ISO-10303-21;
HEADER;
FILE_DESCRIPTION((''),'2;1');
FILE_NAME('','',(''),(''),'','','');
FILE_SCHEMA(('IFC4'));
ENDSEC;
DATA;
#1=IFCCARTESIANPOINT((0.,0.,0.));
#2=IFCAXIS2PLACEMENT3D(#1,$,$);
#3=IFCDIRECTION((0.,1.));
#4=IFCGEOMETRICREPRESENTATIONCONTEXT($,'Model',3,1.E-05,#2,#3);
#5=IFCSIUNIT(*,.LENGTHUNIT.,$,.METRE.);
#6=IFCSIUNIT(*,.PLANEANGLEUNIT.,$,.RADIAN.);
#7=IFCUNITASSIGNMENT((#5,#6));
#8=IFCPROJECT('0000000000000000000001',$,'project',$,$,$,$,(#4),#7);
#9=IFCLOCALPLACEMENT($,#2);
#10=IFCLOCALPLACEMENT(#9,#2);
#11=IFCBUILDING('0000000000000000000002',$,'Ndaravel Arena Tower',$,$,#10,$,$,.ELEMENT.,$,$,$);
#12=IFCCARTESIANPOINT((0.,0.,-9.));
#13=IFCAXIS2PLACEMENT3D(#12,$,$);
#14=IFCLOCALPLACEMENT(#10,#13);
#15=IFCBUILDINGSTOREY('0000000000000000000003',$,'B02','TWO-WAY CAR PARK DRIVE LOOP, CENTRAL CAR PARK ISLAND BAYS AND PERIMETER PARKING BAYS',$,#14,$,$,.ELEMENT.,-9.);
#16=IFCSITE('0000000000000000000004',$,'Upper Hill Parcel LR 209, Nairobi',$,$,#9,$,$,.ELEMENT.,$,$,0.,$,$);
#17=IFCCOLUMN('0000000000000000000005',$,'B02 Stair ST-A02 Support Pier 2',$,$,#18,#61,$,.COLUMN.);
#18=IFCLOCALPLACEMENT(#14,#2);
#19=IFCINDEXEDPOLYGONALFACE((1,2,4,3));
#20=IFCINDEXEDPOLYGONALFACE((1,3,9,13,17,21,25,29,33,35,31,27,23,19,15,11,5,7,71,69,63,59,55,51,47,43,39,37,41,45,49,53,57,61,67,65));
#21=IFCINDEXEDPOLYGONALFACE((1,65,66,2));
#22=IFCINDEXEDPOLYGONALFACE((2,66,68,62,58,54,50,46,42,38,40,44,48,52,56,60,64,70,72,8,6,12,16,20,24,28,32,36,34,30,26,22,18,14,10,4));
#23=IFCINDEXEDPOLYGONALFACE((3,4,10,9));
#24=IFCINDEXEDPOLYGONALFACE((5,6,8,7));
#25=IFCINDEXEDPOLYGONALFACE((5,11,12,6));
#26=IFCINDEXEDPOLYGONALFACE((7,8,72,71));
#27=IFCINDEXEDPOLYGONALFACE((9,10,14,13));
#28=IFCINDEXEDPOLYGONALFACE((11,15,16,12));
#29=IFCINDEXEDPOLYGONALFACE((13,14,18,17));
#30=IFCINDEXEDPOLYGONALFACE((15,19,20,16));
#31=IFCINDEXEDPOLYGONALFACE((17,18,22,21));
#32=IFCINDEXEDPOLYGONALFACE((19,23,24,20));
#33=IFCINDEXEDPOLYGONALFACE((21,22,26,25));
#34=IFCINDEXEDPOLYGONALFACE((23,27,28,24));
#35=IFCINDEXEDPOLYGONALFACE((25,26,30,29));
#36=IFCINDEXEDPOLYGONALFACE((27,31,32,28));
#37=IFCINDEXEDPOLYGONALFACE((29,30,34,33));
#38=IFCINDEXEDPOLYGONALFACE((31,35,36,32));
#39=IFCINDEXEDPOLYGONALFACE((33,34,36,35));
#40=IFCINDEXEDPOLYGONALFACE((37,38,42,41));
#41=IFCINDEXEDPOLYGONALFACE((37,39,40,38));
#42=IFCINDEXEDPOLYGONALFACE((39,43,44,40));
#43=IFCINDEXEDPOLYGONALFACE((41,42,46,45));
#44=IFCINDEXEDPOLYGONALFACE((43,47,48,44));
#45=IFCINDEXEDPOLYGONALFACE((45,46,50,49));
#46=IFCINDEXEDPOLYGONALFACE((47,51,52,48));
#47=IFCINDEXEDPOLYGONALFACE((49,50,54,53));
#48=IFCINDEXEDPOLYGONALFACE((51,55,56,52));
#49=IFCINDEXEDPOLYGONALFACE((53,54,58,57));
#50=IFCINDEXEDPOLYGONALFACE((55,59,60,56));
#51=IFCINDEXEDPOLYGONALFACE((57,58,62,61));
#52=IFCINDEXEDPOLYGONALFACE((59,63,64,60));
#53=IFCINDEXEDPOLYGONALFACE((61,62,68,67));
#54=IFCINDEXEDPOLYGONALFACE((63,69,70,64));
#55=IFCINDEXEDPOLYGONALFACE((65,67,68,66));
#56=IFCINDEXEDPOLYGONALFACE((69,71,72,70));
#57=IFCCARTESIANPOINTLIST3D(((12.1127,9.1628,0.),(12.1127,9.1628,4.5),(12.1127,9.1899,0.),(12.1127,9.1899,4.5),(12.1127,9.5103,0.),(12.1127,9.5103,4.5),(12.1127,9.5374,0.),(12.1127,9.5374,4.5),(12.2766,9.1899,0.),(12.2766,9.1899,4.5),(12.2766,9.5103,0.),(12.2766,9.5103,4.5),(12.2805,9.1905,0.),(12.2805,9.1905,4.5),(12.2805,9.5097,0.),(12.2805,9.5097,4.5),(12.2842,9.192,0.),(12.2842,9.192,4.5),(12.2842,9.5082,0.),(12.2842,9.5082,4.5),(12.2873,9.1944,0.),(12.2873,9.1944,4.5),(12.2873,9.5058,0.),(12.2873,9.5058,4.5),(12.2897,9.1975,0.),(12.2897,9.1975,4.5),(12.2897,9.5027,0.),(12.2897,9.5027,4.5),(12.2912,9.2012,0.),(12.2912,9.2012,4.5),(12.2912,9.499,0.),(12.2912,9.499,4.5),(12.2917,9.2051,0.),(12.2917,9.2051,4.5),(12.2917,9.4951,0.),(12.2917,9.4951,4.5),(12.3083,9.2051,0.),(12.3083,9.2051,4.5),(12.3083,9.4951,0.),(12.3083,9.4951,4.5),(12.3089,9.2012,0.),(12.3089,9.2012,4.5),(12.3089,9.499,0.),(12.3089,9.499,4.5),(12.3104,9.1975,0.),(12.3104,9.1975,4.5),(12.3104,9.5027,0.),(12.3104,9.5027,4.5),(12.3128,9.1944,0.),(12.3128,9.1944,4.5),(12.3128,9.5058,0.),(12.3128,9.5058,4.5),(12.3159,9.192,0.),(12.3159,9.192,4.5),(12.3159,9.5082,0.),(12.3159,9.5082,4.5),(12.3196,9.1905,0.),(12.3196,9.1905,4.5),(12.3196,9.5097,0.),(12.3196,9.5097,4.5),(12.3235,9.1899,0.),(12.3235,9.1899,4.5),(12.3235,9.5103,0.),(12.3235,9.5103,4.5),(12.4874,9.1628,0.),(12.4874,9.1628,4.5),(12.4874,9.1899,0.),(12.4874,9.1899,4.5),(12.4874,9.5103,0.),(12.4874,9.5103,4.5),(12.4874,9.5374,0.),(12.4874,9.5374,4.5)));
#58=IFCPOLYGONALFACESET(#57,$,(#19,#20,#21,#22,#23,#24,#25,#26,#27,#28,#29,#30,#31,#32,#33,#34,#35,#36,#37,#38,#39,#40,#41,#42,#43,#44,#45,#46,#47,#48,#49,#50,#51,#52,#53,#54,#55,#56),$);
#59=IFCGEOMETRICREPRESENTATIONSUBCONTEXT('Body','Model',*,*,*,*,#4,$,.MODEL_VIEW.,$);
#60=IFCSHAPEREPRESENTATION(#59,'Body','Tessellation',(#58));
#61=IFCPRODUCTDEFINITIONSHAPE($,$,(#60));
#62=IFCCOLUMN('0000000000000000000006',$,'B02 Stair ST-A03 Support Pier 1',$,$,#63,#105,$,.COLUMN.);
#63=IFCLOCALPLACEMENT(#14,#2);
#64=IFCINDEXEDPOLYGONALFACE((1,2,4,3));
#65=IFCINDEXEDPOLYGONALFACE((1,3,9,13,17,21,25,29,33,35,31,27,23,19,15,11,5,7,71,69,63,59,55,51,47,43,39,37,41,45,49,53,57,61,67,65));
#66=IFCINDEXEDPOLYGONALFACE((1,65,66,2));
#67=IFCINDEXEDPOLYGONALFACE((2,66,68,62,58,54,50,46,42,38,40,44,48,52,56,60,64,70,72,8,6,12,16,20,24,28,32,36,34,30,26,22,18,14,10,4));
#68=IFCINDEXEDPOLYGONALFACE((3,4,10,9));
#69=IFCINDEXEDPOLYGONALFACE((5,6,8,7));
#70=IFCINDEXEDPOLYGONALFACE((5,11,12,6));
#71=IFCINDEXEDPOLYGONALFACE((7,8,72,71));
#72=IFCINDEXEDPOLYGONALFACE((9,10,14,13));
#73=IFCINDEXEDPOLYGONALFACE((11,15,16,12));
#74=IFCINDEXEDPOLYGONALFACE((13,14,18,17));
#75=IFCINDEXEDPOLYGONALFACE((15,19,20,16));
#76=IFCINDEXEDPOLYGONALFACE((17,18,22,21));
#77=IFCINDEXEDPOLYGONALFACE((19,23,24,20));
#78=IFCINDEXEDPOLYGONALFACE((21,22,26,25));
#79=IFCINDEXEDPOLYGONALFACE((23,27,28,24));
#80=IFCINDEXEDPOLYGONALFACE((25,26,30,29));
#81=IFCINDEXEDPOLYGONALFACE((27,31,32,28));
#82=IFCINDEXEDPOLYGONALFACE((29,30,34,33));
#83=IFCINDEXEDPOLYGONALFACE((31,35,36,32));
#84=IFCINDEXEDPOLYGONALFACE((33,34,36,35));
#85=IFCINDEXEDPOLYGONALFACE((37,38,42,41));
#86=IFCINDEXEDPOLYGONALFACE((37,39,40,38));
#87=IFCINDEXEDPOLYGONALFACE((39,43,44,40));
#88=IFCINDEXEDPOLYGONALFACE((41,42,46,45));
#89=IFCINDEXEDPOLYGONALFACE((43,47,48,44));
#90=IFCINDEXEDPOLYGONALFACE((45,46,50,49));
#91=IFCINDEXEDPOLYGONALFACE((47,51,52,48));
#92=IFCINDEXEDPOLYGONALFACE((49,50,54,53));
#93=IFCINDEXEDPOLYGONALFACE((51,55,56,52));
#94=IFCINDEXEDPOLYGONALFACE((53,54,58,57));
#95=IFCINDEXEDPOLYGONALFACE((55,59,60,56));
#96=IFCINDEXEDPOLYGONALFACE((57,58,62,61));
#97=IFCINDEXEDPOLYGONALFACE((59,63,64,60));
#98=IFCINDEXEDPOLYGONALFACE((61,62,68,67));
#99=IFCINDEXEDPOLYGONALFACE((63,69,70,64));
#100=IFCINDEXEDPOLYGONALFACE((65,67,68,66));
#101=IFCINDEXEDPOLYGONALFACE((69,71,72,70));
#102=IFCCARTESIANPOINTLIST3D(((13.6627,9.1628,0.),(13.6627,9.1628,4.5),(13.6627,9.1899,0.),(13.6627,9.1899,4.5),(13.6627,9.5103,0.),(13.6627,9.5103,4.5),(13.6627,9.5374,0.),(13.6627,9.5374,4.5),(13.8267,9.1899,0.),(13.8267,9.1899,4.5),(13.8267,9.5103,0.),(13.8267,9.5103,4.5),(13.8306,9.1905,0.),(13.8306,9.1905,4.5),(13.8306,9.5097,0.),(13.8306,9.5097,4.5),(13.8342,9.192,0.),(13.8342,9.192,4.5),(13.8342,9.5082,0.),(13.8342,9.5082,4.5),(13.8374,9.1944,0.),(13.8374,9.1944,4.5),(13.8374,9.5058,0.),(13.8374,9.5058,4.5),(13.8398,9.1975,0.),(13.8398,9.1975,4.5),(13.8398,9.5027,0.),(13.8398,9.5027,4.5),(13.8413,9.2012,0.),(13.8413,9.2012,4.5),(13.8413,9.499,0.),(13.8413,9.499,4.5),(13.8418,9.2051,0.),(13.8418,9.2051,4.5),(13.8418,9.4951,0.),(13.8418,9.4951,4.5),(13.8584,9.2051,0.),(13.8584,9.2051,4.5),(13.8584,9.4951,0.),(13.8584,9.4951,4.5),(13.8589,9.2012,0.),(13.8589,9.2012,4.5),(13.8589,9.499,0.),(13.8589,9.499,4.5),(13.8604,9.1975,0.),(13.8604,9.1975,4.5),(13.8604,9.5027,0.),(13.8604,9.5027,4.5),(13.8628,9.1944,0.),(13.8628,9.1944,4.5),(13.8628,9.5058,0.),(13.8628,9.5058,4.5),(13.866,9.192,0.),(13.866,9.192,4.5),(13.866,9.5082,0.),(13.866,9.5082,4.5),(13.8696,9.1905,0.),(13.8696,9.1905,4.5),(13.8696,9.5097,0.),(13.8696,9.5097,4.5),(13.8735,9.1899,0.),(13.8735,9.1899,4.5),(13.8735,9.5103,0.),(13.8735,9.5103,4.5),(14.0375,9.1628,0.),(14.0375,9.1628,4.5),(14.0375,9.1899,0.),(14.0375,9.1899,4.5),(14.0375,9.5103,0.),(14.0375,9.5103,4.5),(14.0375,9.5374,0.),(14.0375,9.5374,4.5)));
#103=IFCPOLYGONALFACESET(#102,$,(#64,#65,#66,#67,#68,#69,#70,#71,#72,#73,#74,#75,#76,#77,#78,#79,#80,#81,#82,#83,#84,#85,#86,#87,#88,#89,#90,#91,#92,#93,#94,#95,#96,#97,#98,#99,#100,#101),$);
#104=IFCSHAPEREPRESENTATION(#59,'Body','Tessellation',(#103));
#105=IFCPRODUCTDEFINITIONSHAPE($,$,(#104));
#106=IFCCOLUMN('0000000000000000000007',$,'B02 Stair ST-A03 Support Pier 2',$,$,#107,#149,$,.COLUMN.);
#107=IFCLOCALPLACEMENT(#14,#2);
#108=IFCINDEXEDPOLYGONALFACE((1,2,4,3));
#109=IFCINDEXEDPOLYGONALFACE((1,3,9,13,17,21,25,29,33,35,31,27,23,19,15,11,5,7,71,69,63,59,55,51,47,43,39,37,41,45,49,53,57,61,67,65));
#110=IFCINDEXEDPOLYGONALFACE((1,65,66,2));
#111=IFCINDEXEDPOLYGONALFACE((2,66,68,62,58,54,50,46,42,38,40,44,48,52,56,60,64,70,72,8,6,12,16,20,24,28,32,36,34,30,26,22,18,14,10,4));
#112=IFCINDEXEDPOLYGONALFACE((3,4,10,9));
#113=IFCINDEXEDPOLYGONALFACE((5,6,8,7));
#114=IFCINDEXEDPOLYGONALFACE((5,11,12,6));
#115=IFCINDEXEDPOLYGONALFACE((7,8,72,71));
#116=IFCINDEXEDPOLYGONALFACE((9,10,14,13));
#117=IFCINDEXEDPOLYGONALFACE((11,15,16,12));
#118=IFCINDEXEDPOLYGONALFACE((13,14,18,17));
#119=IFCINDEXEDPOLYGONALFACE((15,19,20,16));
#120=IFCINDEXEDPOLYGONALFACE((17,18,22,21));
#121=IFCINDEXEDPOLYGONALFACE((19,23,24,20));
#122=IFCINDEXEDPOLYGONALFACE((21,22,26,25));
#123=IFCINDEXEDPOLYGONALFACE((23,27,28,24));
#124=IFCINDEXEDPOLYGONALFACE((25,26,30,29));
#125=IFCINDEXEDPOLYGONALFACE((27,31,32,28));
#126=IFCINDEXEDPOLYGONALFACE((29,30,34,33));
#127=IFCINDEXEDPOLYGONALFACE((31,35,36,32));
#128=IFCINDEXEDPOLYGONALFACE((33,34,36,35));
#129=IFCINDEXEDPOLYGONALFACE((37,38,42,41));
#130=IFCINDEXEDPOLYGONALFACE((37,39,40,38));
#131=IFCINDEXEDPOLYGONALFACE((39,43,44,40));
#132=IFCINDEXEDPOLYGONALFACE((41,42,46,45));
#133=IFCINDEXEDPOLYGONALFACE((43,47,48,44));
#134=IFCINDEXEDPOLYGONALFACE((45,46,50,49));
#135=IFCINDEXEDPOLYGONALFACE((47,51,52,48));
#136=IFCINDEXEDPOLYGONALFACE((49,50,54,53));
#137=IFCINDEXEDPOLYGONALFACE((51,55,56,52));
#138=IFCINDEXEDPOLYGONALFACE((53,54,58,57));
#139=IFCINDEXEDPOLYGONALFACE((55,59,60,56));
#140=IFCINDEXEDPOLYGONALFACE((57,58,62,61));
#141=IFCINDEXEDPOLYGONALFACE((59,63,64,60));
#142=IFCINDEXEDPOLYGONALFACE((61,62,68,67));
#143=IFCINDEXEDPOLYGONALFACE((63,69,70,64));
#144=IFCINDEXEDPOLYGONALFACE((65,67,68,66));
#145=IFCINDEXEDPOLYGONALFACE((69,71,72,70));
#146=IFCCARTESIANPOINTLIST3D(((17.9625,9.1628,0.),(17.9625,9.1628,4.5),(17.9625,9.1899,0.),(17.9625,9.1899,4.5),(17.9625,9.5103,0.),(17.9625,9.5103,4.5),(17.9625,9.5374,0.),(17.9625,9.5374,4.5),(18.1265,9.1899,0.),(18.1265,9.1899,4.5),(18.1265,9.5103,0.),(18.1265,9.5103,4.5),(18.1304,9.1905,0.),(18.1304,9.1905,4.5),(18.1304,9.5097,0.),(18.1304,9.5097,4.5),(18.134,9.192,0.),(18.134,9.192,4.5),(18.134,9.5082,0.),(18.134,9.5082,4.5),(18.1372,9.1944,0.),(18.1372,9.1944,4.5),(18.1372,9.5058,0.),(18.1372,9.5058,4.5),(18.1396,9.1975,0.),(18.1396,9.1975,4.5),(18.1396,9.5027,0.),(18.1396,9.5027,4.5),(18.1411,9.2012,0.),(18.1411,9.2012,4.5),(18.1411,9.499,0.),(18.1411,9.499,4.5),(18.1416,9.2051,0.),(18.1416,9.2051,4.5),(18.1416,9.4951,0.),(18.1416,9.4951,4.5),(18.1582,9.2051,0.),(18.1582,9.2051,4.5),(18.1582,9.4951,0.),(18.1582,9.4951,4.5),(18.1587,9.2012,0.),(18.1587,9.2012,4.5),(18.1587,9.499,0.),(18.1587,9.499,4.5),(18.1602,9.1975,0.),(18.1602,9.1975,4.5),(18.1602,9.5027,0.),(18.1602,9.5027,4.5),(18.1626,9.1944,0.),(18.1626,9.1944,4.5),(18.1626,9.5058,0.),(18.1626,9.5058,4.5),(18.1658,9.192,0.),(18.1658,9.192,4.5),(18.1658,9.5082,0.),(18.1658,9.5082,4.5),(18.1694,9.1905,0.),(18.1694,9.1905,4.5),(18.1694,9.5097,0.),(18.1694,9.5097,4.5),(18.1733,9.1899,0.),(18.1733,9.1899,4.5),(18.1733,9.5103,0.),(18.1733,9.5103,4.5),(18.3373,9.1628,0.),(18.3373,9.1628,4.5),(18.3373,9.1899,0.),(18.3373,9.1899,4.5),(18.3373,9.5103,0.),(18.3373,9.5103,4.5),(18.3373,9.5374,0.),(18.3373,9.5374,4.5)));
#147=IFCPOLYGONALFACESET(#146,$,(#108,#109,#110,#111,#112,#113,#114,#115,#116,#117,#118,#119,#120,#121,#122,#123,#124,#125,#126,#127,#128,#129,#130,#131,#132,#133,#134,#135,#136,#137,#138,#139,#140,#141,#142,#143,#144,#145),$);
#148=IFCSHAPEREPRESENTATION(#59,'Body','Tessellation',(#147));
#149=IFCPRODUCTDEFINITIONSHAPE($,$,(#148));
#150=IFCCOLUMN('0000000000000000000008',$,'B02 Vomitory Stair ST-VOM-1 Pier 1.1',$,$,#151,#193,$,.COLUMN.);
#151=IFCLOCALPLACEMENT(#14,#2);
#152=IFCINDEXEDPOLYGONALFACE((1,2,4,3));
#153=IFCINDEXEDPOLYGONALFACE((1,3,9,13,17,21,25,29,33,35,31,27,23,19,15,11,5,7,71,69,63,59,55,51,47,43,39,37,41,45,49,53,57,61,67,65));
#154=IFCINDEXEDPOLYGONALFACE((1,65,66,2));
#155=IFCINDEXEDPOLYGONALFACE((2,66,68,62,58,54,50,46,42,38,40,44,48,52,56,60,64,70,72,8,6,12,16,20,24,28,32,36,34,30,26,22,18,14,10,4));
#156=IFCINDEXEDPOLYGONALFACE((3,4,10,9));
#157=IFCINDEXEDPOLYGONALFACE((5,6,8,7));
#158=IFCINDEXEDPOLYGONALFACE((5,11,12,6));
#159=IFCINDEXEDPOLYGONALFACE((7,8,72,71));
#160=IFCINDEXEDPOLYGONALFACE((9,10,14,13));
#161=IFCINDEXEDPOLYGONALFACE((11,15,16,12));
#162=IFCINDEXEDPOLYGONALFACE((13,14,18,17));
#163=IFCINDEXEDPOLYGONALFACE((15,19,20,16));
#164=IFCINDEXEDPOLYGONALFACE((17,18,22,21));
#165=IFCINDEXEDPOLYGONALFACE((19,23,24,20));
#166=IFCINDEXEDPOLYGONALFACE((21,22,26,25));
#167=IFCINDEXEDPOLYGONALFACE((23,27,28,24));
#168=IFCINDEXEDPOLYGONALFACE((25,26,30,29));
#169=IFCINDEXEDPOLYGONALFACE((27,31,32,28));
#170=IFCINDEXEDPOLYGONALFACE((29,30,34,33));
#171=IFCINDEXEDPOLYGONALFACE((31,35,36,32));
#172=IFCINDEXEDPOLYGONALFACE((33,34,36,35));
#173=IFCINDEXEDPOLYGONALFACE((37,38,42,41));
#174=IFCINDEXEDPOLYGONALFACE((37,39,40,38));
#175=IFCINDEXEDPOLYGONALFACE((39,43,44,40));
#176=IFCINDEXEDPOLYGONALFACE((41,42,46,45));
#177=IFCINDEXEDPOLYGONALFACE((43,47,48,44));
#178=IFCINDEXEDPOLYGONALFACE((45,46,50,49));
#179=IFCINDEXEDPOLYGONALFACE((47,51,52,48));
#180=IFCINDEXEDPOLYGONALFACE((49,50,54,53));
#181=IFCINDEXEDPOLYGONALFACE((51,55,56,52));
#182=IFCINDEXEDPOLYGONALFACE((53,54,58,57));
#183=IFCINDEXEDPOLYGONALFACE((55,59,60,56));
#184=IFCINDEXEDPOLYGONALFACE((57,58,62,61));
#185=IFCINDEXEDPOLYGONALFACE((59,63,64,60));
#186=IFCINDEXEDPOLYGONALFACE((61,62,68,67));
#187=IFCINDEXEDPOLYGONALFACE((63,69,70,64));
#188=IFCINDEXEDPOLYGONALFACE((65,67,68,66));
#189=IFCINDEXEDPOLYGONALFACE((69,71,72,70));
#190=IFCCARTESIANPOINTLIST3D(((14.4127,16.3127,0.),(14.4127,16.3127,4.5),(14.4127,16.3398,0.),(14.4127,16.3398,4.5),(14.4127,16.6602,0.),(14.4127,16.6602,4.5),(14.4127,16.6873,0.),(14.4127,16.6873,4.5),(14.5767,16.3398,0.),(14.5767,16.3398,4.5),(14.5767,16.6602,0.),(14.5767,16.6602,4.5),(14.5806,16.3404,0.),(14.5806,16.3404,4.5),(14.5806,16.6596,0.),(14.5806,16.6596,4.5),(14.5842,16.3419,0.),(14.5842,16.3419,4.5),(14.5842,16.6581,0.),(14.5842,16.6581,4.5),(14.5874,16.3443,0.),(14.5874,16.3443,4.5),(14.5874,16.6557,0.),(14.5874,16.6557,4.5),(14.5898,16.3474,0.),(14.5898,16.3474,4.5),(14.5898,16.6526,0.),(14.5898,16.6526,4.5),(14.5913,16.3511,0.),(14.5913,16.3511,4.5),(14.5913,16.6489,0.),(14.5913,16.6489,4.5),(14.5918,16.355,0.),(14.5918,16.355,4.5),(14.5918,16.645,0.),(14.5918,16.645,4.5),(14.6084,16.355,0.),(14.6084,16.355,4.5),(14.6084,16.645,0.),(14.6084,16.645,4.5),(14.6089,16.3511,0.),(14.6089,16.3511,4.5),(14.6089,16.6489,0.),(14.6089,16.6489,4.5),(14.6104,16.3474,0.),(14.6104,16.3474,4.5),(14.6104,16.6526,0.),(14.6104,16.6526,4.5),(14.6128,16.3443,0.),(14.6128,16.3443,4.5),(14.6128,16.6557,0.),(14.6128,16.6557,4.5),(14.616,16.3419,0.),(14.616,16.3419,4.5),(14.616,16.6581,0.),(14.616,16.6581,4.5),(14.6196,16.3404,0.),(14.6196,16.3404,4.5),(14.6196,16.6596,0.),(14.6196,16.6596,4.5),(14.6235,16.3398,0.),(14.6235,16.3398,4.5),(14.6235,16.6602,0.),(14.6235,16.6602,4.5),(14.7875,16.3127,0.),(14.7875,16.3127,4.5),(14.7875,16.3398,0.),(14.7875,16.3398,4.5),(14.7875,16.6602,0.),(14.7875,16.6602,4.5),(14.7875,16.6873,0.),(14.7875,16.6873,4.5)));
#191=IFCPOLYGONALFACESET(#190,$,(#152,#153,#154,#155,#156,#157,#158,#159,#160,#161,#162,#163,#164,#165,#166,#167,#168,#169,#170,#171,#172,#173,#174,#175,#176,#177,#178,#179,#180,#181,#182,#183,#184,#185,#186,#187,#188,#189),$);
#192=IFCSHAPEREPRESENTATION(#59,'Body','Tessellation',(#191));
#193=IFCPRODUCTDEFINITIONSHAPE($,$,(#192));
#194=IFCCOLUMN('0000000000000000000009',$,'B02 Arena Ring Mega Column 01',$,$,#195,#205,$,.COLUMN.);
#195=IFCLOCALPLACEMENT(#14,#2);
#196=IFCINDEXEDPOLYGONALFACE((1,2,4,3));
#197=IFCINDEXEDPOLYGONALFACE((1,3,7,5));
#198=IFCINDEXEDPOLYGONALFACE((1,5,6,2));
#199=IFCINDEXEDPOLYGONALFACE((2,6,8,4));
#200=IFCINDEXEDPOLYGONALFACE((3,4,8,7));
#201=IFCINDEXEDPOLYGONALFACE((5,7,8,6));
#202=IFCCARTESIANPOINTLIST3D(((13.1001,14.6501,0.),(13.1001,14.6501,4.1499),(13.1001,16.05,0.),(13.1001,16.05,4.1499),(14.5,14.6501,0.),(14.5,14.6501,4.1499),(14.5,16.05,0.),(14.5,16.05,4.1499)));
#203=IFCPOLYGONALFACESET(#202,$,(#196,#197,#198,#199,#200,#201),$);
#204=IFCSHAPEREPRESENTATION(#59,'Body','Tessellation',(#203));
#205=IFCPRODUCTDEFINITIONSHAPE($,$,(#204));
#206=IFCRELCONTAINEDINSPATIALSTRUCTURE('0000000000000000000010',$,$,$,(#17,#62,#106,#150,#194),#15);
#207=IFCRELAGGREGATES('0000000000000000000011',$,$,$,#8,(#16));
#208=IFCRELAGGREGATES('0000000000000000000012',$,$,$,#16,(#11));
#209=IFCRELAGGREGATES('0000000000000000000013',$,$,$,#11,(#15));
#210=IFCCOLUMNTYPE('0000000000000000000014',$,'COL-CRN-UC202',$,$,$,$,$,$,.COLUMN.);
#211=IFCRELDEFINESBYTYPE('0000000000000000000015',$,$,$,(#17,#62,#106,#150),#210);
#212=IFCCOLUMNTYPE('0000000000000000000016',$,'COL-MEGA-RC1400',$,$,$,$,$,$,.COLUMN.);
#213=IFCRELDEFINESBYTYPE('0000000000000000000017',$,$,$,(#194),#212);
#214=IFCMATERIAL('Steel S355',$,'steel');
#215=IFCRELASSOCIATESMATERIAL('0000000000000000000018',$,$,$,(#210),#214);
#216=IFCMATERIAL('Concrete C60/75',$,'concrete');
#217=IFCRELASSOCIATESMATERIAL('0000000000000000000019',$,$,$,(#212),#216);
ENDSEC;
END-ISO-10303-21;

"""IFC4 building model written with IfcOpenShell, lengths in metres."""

from ifc_helpers import new_model, si_unit, direction, frame, origin, origin_2d, place, context, subcontext, project, spatial, rectangle, i_section, extrude, material, material_profile, profile_set, type_object, element, save


model = new_model("IFC4")

# Units and contexts
model_context = context("Model", 3, precision=1e-05, world=origin(), true_north=direction((0.0, 1.0)))
body_context = subcontext(model_context, "Body", "Model", "MODEL_VIEW")
ifc_project = project(units=[si_unit("LENGTHUNIT", "METRE"), si_unit("PLANEANGLEUNIT", "RADIAN")], contexts=[model_context])

# Site, building, storey
site_placement = place(None, origin())
site = spatial("IfcSite", under=ifc_project, at=site_placement, Name="Upper Hill Parcel LR 209, Nairobi", CompositionType="ELEMENT", RefElevation=0.0)
building_placement = place(site_placement, origin())
building = spatial("IfcBuilding", under=site, at=building_placement, Name="Ndaravel Arena Tower", CompositionType="ELEMENT")
storey_placement = place(building_placement, frame((0.0, 0.0, -9.0)))
storey = spatial("IfcBuildingStorey", under=building, at=storey_placement, Name="B02", Description="TWO-WAY CAR PARK DRIVE LOOP, CENTRAL CAR PARK ISLAND BAYS AND PERIMETER PARKING BAYS", CompositionType="ELEMENT", Elevation=-9.0)

# Columns
ifc_material_1 = material(Name="Steel S355", Category="steel")
ifc_material_profile_1 = material_profile(ifc_material_1, i_section(OverallWidth=0.3748, OverallDepth=0.3745, WebThickness=0.0166, FlangeThickness=0.0271, FilletRadius=0.0151, at=origin_2d()), Name="UC 356x368x202")
ifc_profile_set_1 = profile_set([ifc_material_profile_1], Name="Steel S355")
column_type_1 = type_object("IfcColumnType", Name="COL-CRN-UC202", PredefinedType="COLUMN", material=ifc_profile_set_1)
for number, where, z_axis, x_axis, name in (
    (1, (12.3, 9.3501, 0.0), (0.0, 0.0, 1.0), (1.0, 0.0, 0.0), "B02 Stair ST-A02 Support Pier 2"),
    (2, (13.8501, 9.3501, 0.0), (0.0, 0.0, 1.0), (1.0, 0.0, 0.0), "B02 Stair ST-A03 Support Pier 1"),
    (3, (18.1499, 9.3501, 0.0), (0.0, 0.0, 1.0), (1.0, 0.0, 0.0), "B02 Stair ST-A03 Support Pier 2"),
    (4, (14.6001, 16.5, 0.0), (0.0, 0.0, 1.0), (1.0, 0.0, 0.0), "B02 Vomitory Stair ST-VOM-1 Pier 1.1"),
):
    element("IfcColumn", number, at=place(storey_placement, frame(where, z_axis=z_axis, x_axis=x_axis)), inside=storey, type_object=column_type_1, Name=name, PredefinedType="COLUMN", context=body_context, shape_type="SweptSolid", body=[
        extrude(i_section(OverallWidth=0.3748, OverallDepth=0.3745, WebThickness=0.0166, FlangeThickness=0.0271, FilletRadius=0.0151, at=origin_2d()), origin(), (0.0, 0.0, 1.0), 4.5),
    ])
ifc_material_2 = material(Name="Concrete C60/75", Category="concrete")
ifc_material_profile_2 = material_profile(ifc_material_2, rectangle(XDim=1.3999, YDim=1.3999, at=origin_2d()), Name="RC 1400x1400")
ifc_profile_set_2 = profile_set([ifc_material_profile_2], Name="Concrete C60/75")
column_type_2 = type_object("IfcColumnType", Name="COL-MEGA-RC1400", PredefinedType="COLUMN", material=ifc_profile_set_2)
for number, where, z_axis, x_axis, name in (
    (5, (13.8, 15.3501, 0.0), (0.0, 0.0, 1.0), (1.0, 0.0, 0.0), "B02 Arena Ring Mega Column 01"),
):
    element("IfcColumn", number, at=place(storey_placement, frame(where, z_axis=z_axis, x_axis=x_axis)), inside=storey, type_object=column_type_2, Name=name, PredefinedType="COLUMN", context=body_context, shape_type="SweptSolid", body=[
        extrude(rectangle(XDim=1.3999, YDim=1.3999, at=origin_2d()), origin(), (0.0, 0.0, 1.0), 4.1499),
    ])

save(model, "model.ifc")
